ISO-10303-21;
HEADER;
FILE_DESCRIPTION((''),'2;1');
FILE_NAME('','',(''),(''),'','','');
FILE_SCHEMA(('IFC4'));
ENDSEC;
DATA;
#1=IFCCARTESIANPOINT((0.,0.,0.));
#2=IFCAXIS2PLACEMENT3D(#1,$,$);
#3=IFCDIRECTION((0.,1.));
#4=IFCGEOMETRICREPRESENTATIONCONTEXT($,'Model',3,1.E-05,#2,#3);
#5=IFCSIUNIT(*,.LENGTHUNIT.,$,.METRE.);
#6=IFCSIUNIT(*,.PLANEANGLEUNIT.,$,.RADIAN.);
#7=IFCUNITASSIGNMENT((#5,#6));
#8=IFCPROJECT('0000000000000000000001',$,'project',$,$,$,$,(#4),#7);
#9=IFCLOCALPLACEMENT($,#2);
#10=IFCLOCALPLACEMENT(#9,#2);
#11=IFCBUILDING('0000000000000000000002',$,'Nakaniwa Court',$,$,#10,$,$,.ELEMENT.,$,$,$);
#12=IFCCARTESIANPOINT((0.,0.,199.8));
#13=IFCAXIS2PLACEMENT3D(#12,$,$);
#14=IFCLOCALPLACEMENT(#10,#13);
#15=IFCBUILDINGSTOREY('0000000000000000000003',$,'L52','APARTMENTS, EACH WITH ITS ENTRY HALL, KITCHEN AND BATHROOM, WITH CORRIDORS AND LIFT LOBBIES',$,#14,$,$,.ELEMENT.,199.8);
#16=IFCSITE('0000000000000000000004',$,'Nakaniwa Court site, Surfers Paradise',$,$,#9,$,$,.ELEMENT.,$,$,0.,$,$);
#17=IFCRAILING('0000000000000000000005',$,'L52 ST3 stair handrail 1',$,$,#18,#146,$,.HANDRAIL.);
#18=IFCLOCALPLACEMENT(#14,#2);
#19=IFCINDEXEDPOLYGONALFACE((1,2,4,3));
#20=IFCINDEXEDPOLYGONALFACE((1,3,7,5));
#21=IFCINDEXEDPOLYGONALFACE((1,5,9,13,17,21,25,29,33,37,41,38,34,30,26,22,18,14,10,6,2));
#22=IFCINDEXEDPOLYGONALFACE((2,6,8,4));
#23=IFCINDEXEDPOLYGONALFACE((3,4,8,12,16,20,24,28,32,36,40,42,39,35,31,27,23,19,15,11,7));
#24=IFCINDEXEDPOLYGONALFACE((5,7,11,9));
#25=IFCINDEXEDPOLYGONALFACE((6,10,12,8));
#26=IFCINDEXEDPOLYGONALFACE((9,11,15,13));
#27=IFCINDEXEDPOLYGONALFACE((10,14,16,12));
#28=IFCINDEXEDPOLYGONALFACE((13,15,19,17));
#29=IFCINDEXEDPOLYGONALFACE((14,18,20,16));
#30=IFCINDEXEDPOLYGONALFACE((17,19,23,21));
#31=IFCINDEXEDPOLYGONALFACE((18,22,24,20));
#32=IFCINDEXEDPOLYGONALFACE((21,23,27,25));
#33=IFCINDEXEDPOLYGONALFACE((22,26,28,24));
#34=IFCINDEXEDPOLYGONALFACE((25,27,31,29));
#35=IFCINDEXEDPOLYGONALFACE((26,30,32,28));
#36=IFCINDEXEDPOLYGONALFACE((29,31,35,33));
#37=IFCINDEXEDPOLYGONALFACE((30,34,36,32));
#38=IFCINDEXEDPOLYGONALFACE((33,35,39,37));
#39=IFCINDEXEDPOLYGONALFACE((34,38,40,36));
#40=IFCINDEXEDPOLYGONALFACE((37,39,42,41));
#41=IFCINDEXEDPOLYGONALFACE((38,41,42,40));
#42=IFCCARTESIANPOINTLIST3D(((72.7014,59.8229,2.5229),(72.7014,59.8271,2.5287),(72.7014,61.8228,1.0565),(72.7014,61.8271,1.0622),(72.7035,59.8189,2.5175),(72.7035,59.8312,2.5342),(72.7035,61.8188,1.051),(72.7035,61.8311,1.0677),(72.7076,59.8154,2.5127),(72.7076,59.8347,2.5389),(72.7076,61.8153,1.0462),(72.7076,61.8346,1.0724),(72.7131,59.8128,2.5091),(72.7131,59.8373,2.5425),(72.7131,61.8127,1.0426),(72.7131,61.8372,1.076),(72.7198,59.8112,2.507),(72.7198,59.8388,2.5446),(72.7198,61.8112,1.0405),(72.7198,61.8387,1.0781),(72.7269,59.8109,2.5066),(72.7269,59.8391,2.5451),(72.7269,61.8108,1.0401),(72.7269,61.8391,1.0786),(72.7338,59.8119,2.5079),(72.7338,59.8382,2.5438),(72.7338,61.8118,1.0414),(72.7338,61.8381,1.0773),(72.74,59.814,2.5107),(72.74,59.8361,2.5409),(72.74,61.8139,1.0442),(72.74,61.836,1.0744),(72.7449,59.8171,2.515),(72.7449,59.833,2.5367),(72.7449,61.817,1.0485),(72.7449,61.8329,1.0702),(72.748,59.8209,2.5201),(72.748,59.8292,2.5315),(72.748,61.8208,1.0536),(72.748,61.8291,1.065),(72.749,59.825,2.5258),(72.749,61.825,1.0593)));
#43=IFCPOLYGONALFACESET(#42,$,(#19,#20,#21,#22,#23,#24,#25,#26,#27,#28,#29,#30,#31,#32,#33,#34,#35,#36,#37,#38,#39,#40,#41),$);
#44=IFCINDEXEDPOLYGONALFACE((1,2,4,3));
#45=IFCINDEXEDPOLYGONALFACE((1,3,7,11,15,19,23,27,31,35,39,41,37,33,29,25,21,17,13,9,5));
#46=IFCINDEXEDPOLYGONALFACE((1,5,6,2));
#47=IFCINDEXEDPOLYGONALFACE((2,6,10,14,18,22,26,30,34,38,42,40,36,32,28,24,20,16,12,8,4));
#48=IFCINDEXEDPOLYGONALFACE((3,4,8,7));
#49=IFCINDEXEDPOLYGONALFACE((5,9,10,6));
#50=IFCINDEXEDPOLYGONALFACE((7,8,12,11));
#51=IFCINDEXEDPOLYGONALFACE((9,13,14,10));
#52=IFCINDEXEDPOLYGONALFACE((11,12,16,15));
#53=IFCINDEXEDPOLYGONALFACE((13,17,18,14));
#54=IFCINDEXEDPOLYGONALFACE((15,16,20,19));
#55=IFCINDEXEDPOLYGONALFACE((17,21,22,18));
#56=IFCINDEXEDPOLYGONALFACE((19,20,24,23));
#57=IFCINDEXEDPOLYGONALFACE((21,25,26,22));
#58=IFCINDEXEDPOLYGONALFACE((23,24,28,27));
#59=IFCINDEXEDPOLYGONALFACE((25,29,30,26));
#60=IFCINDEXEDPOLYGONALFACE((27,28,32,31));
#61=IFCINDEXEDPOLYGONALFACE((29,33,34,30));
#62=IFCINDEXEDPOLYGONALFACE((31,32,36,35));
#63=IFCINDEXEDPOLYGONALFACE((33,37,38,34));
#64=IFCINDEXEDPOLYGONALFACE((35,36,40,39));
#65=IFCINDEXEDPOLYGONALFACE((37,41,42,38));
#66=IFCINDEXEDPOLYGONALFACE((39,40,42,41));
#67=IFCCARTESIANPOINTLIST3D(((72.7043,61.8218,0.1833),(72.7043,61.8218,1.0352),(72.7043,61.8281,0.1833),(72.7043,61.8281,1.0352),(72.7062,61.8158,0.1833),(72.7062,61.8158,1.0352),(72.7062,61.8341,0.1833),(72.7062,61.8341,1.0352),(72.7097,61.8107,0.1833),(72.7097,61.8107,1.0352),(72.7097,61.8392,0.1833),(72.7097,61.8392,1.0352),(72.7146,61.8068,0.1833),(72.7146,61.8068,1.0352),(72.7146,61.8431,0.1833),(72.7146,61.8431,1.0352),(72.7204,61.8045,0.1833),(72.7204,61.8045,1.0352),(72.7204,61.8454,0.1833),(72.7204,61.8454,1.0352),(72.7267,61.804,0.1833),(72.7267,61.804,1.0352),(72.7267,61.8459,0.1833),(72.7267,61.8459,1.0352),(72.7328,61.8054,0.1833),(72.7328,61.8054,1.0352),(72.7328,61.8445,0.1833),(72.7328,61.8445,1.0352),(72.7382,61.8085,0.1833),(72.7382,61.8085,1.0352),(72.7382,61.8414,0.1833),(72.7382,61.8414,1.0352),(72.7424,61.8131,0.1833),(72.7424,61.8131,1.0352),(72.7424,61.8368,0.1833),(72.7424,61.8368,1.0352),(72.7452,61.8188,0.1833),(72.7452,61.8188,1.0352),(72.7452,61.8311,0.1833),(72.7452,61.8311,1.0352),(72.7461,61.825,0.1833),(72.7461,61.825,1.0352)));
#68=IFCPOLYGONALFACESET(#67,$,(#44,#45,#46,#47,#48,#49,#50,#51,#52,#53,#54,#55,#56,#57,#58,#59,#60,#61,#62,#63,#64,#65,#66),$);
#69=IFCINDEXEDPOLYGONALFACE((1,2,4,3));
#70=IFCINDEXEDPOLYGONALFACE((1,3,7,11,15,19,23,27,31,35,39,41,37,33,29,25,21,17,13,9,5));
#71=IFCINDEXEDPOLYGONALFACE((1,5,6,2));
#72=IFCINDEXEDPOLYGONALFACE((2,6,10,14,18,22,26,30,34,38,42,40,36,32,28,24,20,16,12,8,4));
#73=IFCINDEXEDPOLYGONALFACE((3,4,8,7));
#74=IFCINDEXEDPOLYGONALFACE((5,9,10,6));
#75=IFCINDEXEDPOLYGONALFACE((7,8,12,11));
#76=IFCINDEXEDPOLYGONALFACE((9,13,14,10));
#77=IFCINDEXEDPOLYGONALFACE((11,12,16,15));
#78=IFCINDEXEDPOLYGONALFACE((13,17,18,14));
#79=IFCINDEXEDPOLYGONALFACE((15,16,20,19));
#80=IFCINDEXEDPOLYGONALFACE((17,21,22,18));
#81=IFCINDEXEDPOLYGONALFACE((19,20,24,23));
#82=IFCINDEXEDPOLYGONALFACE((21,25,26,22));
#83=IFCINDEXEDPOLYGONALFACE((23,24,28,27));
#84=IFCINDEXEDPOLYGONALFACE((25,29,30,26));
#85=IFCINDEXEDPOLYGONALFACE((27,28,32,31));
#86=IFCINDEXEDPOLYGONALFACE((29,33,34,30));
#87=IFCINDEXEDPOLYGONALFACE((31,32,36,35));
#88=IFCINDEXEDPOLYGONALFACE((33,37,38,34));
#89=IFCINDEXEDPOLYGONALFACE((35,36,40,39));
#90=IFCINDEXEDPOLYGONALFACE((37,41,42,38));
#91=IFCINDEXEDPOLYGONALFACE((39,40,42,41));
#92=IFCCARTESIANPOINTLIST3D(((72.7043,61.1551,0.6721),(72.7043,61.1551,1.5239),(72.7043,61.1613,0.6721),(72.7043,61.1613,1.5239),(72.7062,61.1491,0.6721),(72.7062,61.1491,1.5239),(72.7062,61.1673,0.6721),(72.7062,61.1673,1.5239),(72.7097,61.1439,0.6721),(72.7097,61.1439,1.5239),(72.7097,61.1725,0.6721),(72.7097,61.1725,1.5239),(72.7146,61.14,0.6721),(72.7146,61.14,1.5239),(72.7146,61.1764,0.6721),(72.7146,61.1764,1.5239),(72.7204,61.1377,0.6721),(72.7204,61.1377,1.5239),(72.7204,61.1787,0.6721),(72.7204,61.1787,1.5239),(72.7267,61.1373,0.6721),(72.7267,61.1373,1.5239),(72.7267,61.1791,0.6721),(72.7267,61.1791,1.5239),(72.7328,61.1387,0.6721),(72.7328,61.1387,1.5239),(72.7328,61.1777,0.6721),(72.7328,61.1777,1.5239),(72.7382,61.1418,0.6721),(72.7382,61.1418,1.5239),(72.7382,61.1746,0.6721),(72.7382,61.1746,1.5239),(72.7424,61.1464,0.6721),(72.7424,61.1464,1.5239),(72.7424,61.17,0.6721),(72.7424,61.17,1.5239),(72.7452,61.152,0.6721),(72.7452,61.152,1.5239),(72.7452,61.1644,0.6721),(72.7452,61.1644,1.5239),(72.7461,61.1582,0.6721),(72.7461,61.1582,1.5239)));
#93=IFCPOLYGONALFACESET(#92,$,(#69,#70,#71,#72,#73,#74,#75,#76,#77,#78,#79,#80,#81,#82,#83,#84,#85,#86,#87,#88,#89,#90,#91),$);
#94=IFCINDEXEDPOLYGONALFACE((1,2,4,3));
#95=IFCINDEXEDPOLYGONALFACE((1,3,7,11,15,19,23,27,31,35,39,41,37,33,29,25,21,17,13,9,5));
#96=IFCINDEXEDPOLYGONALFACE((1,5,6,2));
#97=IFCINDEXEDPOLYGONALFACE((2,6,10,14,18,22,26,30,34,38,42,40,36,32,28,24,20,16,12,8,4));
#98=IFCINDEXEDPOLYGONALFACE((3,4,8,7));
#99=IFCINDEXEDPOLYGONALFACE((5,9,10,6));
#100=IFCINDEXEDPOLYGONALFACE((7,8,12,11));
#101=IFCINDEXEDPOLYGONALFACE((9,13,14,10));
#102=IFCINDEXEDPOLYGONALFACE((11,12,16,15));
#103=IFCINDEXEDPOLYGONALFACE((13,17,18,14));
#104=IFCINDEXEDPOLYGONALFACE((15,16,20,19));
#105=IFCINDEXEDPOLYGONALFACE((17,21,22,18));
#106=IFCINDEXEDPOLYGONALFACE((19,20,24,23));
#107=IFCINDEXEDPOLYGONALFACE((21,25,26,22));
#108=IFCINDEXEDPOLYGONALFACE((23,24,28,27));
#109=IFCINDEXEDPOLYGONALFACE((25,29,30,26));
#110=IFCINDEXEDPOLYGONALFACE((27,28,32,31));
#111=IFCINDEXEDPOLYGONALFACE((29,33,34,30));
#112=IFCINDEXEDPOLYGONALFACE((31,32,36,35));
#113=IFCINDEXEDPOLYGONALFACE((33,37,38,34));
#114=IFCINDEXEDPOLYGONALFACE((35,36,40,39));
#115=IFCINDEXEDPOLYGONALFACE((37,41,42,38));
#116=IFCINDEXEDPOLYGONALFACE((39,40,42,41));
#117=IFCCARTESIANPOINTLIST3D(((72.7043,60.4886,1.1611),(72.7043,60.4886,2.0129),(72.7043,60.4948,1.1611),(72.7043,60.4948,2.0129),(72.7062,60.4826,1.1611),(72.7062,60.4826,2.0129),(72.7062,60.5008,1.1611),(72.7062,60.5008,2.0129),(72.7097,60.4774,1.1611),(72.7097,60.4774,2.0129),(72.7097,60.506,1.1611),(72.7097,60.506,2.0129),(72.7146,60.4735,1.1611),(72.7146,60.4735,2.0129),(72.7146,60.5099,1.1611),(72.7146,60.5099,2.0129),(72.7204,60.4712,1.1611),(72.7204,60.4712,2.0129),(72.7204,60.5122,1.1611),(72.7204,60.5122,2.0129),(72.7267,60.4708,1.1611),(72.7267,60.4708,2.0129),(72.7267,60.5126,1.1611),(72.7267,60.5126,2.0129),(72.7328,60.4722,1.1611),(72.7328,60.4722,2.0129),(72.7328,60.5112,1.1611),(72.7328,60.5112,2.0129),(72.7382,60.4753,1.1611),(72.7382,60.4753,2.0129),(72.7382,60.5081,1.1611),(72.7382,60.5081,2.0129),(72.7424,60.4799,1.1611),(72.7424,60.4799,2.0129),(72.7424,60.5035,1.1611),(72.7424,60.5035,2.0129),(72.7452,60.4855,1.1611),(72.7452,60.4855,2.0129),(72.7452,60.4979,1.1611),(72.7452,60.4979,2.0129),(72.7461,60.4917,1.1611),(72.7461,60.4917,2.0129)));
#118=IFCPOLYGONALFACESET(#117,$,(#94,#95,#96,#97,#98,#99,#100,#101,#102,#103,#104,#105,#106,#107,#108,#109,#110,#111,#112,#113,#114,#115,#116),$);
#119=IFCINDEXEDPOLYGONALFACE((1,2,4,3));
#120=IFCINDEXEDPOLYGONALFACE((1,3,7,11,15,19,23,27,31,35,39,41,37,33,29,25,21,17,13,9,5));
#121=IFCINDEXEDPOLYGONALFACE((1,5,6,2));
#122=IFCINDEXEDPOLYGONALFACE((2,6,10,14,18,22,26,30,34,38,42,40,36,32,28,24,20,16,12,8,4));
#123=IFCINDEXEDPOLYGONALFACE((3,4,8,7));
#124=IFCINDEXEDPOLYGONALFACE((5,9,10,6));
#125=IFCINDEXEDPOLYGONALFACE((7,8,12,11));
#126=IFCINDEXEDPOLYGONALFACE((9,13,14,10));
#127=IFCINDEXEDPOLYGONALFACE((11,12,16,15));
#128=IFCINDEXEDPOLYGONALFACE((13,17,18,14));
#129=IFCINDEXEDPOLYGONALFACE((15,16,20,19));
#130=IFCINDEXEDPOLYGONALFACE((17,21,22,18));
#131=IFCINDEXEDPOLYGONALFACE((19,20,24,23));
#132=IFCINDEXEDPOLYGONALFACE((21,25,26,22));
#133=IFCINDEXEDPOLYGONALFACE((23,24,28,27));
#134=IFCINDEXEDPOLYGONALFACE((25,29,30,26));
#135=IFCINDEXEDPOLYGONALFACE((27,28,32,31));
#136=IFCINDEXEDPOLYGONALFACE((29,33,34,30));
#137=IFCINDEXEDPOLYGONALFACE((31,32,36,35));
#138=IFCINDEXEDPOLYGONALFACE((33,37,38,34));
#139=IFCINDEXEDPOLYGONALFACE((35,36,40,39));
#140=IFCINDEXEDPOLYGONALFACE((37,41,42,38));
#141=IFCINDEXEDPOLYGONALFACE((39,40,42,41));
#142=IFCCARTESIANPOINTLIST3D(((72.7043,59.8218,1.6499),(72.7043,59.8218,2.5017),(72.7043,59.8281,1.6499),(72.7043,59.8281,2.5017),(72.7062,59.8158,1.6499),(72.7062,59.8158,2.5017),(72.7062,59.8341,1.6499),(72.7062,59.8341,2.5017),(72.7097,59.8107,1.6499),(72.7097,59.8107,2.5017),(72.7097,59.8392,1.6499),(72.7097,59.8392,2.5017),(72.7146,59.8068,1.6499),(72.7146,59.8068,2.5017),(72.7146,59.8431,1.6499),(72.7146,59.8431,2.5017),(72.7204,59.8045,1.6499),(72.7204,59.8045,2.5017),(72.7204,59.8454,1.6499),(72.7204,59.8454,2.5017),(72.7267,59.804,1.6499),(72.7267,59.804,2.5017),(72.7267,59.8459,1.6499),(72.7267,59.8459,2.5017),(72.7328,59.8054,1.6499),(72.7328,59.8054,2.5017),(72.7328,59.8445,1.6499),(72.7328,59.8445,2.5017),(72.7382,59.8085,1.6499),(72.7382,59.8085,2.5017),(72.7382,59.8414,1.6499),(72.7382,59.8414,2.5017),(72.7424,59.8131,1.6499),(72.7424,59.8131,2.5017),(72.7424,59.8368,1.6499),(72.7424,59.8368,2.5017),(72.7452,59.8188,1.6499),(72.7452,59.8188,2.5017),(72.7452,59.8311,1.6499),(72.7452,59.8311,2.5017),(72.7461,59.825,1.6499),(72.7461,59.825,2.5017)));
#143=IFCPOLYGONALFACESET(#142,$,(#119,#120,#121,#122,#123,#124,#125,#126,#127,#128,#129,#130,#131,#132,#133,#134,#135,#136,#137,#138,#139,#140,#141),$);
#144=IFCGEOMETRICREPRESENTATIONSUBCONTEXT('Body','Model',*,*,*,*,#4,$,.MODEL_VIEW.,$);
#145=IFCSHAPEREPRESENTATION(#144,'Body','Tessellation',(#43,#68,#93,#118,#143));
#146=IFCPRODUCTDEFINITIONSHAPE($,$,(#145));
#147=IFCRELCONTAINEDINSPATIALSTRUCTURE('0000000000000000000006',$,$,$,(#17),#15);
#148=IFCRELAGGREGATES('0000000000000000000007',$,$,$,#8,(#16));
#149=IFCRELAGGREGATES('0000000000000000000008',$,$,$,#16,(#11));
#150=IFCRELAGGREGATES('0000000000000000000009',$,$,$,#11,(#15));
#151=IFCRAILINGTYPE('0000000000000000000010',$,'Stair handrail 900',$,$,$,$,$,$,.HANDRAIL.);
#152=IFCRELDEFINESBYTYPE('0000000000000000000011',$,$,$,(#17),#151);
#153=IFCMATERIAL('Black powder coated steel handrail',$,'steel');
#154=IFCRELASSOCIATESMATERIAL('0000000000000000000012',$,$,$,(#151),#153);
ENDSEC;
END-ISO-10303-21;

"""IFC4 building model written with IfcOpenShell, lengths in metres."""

from ifc_helpers import new_model, si_unit, direction, frame, origin, origin_2d, place, context, subcontext, project, spatial, circle, extrude, material, type_object, element, save


model = new_model("IFC4")

# Units and contexts
model_context = context("Model", 3, precision=1e-05, world=origin(), true_north=direction((0.0, 1.0)))
body_context = subcontext(model_context, "Body", "Model", "MODEL_VIEW")
ifc_project = project(units=[si_unit("LENGTHUNIT", "METRE"), si_unit("PLANEANGLEUNIT", "RADIAN")], contexts=[model_context])

# Site, building, storey
site_placement = place(None, origin())
site = spatial("IfcSite", under=ifc_project, at=site_placement, Name="Nakaniwa Court site, Surfers Paradise", CompositionType="ELEMENT", RefElevation=0.0)
building_placement = place(site_placement, origin())
building = spatial("IfcBuilding", under=site, at=building_placement, Name="Nakaniwa Court", CompositionType="ELEMENT")
storey_placement = place(building_placement, frame((0.0, 0.0, 199.8)))
storey = spatial("IfcBuildingStorey", under=building, at=storey_placement, Name="L52", Description="APARTMENTS, EACH WITH ITS ENTRY HALL, KITCHEN AND BATHROOM, WITH CORRIDORS AND LIFT LOBBIES", CompositionType="ELEMENT", Elevation=199.8)

# Railing
ifc_material_1 = material(Name="Black powder coated steel handrail", Category="steel")
railing_type_1 = type_object("IfcRailingType", Name="Stair handrail 900", PredefinedType="HANDRAIL", material=ifc_material_1)
railing_1_placement = place(storey_placement, frame((72.7251, 61.825, 0.1833)))
element("IfcRailing", 1, at=railing_1_placement, inside=storey, type_object=railing_type_1, Name="L52 ST3 stair handrail 1", PredefinedType="HANDRAIL", context=body_context, shape_type="SweptSolid", body=[
    extrude(circle(Radius=0.0239, at=origin_2d()), frame((0.0, 0.0, 0.876), z_axis=(0.0, -0.806427, 0.591334), x_axis=(1.0, 0.0, 0.0)), (0.0, 0.0, 1.0), 2.48),
    extrude(circle(Radius=0.021, at=origin_2d()), origin(), (0.0, 0.0, 1.0), 0.8518),
    extrude(circle(Radius=0.021, at=origin_2d()), frame((0.0, -0.6667, 0.4888)), (0.0, 0.0, 1.0), 0.8518),
    extrude(circle(Radius=0.021, at=origin_2d()), frame((0.0, -1.3333, 0.9778)), (0.0, 0.0, 1.0), 0.8518),
    extrude(circle(Radius=0.021, at=origin_2d()), frame((0.0, -2.0, 1.4666)), (0.0, 0.0, 1.0), 0.8518),
])

save(model, "model.ifc")
